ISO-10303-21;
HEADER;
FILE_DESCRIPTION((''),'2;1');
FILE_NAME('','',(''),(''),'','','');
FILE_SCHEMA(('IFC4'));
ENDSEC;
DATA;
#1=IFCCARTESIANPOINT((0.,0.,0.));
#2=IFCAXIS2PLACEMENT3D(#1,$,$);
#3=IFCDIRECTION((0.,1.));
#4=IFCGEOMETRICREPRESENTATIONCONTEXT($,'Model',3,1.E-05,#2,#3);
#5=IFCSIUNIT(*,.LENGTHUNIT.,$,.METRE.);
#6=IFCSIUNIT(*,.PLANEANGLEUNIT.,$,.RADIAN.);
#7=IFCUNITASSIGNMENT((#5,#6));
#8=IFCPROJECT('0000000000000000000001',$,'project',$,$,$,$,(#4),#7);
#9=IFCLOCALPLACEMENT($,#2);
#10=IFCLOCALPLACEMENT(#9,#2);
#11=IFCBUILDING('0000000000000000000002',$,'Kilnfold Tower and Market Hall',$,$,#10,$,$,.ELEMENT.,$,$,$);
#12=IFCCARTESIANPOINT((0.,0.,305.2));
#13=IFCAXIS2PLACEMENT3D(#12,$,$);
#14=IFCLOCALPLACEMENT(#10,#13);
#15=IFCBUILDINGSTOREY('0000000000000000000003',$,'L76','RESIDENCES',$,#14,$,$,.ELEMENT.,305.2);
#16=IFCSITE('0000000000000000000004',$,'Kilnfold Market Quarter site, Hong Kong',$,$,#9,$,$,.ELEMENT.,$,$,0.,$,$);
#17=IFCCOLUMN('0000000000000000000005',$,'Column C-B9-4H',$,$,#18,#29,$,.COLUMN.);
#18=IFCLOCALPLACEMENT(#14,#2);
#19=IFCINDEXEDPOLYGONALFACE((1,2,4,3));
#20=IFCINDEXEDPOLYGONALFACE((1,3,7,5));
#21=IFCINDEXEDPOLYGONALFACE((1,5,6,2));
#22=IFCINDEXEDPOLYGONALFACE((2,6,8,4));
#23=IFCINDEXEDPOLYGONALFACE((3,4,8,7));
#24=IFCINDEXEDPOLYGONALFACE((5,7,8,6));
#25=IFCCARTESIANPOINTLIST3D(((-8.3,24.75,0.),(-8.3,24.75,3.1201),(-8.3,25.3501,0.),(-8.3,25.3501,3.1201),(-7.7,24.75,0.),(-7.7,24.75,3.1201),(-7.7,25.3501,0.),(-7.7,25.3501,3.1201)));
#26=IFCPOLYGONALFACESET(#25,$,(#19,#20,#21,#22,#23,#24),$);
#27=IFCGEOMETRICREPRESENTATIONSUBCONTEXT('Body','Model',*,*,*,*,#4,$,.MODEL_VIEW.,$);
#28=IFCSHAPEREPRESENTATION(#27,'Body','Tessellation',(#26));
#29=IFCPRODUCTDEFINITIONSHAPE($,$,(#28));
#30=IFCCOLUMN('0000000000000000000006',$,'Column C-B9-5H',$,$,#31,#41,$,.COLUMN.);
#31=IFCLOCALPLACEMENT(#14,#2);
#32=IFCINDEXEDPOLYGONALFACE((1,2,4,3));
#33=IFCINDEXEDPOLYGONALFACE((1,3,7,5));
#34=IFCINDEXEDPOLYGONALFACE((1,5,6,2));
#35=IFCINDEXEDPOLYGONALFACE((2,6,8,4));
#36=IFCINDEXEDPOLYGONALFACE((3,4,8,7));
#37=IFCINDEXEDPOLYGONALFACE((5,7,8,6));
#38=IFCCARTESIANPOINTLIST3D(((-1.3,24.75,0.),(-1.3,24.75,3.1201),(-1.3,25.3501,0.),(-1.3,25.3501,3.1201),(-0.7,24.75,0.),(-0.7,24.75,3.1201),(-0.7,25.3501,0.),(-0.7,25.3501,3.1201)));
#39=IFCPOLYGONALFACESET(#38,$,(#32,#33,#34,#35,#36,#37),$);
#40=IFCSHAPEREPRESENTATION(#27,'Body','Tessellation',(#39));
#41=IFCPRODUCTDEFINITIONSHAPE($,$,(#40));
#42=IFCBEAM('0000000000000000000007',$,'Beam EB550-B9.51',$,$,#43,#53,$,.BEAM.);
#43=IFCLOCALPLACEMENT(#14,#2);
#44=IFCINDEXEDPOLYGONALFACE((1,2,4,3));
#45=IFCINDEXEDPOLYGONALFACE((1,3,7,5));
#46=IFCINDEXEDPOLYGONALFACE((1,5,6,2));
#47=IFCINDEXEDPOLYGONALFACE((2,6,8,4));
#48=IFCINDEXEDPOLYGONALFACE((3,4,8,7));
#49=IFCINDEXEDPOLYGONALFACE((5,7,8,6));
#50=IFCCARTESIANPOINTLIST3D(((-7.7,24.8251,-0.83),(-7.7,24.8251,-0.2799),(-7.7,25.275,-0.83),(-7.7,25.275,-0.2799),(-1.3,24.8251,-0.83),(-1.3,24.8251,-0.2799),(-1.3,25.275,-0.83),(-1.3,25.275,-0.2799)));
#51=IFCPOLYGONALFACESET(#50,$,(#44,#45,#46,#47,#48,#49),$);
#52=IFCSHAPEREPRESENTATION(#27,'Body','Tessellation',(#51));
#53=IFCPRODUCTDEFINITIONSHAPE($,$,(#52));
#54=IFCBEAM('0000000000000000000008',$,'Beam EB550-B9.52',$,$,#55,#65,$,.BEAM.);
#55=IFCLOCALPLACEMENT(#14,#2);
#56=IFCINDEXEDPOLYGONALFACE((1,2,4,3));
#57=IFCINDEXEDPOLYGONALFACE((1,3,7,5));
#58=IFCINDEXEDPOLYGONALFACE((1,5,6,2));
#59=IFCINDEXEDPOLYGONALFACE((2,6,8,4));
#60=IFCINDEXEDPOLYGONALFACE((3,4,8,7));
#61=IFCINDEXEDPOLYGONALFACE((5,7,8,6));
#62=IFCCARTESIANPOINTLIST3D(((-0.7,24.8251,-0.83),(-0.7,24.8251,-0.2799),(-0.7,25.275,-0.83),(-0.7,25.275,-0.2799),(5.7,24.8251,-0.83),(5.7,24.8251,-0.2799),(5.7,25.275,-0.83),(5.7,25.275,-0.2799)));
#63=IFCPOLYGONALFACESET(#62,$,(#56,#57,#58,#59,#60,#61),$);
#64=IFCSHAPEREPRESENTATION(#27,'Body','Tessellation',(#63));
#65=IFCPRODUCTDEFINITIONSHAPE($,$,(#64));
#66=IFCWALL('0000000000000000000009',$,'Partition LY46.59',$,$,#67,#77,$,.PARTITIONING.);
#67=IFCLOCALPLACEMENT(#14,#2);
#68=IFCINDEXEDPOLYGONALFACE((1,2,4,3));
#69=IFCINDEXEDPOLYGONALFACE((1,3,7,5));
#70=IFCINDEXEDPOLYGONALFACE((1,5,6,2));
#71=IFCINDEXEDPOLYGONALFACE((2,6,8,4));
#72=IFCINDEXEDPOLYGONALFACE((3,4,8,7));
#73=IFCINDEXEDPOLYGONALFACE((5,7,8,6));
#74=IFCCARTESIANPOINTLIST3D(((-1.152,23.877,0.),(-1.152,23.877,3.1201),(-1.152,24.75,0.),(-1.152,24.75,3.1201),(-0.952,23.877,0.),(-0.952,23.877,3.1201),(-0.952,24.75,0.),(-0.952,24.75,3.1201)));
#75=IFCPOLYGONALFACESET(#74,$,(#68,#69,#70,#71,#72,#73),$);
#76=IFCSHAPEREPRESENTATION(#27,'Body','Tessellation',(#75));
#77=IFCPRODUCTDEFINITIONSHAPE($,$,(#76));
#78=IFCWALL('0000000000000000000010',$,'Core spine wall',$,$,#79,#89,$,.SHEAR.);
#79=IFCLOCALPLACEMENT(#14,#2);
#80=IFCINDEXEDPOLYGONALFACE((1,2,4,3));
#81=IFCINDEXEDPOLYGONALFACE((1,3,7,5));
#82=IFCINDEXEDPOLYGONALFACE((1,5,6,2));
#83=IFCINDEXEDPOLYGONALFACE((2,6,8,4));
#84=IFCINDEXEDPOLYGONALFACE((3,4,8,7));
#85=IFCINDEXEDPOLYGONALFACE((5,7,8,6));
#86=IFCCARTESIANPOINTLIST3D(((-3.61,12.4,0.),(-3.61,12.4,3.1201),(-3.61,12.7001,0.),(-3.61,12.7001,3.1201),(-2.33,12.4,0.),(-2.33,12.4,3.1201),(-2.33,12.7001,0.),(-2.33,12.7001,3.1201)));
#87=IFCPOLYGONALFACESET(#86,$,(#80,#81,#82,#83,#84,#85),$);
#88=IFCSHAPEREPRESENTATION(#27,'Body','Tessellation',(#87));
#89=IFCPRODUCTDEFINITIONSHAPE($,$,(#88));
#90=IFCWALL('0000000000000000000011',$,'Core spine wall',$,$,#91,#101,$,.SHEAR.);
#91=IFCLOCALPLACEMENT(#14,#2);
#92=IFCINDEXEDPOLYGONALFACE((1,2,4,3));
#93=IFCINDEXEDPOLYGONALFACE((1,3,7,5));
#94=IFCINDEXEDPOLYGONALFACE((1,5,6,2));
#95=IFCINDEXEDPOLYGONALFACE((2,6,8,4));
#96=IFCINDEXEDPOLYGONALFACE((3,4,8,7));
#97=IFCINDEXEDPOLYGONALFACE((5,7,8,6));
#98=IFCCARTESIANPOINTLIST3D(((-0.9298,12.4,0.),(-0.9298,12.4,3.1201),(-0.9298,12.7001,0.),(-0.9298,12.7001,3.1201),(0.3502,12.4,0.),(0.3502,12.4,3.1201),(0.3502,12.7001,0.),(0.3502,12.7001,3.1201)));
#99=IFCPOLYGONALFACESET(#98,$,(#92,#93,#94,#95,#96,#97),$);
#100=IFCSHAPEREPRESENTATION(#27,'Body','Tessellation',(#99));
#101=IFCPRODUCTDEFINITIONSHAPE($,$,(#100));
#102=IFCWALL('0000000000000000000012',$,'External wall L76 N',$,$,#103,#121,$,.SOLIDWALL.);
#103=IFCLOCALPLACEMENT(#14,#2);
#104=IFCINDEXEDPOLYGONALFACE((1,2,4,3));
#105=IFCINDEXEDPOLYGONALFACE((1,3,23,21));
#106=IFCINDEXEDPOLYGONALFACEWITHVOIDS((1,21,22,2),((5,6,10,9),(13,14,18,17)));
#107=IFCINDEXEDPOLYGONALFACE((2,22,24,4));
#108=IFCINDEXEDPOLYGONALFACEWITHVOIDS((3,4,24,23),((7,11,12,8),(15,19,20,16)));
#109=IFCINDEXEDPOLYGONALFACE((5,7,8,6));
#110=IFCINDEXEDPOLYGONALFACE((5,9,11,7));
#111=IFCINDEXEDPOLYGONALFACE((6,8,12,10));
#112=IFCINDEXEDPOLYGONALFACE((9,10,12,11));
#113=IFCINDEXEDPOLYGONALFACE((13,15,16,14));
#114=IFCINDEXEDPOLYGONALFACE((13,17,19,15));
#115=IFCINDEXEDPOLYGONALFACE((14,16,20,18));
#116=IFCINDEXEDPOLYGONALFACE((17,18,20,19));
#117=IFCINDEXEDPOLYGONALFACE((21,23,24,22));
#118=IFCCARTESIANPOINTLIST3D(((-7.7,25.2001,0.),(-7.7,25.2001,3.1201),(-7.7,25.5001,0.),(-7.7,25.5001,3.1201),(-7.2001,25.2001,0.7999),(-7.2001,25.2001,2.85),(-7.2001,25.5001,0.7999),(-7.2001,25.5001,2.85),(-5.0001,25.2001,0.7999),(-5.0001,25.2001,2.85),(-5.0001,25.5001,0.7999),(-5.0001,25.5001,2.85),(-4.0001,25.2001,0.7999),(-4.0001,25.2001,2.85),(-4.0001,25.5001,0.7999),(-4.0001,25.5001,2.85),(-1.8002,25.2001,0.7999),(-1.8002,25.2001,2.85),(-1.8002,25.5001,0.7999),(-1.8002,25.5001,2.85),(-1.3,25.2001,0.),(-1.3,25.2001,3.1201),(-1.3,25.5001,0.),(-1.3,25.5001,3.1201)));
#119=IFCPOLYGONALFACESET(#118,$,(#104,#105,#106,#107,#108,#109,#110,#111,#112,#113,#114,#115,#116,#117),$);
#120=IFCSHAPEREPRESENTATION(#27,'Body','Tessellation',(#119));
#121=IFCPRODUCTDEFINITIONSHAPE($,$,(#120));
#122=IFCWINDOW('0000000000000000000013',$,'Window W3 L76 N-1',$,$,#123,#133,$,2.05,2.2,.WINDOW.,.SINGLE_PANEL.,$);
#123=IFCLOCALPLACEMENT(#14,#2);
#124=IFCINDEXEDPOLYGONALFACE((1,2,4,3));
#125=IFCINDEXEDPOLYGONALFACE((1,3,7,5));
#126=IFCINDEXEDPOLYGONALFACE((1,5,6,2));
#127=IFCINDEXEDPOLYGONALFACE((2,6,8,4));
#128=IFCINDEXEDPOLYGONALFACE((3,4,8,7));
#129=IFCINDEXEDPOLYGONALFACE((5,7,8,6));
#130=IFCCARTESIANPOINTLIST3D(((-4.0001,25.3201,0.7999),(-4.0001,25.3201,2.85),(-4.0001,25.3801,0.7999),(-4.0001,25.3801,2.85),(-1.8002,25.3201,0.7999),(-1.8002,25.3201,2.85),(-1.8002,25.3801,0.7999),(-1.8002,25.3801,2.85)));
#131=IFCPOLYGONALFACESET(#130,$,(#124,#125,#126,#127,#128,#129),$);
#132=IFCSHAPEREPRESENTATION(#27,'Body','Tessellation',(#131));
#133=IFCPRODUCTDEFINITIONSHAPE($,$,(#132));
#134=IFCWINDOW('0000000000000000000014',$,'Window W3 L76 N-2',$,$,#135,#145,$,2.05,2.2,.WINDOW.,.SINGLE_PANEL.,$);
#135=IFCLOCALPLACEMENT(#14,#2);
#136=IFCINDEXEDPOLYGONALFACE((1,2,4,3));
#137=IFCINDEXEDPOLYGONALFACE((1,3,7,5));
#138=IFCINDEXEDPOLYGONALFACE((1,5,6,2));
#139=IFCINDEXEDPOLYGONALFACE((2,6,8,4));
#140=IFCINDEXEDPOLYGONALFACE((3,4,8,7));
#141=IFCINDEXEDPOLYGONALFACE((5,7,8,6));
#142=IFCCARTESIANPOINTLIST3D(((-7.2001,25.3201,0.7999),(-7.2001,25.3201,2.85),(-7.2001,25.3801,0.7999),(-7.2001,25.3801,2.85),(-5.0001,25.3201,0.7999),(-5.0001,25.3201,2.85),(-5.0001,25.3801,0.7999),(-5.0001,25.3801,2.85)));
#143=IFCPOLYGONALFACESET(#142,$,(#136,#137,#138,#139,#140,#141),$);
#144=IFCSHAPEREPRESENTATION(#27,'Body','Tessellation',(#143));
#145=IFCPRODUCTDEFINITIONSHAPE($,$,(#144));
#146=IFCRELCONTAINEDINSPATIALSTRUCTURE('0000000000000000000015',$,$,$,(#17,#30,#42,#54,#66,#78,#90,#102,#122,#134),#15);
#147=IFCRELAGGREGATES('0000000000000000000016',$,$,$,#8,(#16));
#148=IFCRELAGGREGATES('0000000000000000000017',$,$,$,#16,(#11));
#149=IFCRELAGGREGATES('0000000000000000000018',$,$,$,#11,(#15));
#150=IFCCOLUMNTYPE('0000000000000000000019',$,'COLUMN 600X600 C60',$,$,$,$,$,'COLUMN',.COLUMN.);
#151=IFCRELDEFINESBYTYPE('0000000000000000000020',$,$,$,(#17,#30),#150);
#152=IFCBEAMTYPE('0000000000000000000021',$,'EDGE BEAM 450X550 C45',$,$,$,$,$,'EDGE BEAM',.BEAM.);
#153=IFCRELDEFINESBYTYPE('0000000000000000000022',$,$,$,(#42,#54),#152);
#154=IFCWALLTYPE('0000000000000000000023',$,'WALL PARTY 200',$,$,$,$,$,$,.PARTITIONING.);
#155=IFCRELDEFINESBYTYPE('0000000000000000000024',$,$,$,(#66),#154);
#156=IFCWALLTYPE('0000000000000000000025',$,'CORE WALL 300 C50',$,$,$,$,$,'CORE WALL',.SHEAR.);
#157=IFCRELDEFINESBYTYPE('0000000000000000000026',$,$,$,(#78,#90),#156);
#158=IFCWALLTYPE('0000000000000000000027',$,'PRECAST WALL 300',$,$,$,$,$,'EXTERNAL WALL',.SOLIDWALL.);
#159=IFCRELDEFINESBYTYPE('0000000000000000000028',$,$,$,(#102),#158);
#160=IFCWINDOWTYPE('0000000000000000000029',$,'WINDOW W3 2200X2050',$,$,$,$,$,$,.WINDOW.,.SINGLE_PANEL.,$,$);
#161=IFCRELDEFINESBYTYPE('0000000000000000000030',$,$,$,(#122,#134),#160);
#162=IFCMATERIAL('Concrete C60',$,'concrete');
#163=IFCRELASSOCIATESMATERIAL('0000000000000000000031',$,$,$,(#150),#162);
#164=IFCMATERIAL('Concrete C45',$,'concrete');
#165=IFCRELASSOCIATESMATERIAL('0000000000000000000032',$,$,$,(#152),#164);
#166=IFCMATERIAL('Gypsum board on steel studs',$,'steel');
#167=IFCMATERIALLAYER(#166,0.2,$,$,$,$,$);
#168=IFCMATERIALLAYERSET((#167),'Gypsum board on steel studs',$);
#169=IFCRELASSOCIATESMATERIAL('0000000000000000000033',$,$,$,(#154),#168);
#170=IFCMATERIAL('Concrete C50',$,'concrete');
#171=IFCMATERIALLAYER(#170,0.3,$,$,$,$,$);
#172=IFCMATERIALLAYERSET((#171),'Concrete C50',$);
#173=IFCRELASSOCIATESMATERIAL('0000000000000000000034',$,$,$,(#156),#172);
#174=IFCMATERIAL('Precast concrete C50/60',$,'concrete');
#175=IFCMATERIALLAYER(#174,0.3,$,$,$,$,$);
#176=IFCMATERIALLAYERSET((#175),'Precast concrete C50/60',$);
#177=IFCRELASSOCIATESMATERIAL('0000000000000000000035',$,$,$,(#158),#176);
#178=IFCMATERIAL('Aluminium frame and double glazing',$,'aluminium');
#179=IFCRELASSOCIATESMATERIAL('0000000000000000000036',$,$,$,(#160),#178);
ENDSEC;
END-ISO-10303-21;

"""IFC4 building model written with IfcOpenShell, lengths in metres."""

from ifc_helpers import new_model, si_unit, direction, frame, frame_2d, origin, origin_2d, place, context, subcontext, project, spatial, rectangle, extrude, source, transform, mapped, material, layer, layer_set, material_profile, profile_set, type_object, element, fill, save


model = new_model("IFC4")

# Units and contexts
model_context = context("Model", 3, precision=1e-05, world=origin(), true_north=direction((0.0, 1.0)))
body_context = subcontext(model_context, "Body", "Model", "MODEL_VIEW")
ifc_project = project(units=[si_unit("LENGTHUNIT", "METRE"), si_unit("PLANEANGLEUNIT", "RADIAN")], contexts=[model_context])

# Site, building, storey
site_placement = place(None, origin())
site = spatial("IfcSite", under=ifc_project, at=site_placement, Name="Kilnfold Market Quarter site, Hong Kong", CompositionType="ELEMENT", RefElevation=0.0)
building_placement = place(site_placement, origin())
building = spatial("IfcBuilding", under=site, at=building_placement, Name="Kilnfold Tower and Market Hall", CompositionType="ELEMENT")
storey_placement = place(building_placement, frame((0.0, 0.0, 305.2)))
storey = spatial("IfcBuildingStorey", under=building, at=storey_placement, Name="L76", Description="RESIDENCES", CompositionType="ELEMENT", Elevation=305.2)

# Columns
ifc_material_1 = material(Name="Concrete C60", Category="concrete")
ifc_material_profile_1 = material_profile(ifc_material_1, rectangle(XDim=0.6001, YDim=0.6001, at=origin_2d()), Name="RC 600x600")
ifc_profile_set_1 = profile_set([ifc_material_profile_1], Name="Concrete C60")
column_type = type_object("IfcColumnType", Name="COLUMN 600X600 C60", ElementType="COLUMN", PredefinedType="COLUMN", material=ifc_profile_set_1)
shared_shape_1 = source(origin(), body_context, "Body", "SweptSolid", [
    extrude(rectangle(XDim=0.6001, YDim=0.6001, at=origin_2d()), origin(), (0.0, 0.0, 1.0), 3.1201),
])
for number, where, z_axis, x_axis, name in (
    (1, (-8.0, 25.05, 0.0), (0.0, 0.0, 1.0), (1.0, 0.0, 0.0), "Column C-B9-4H"),
    (2, (-1.0, 25.05, 0.0), (0.0, 0.0, 1.0), (1.0, 0.0, 0.0), "Column C-B9-5H"),
):
    element("IfcColumn", number, at=place(storey_placement, frame(where, z_axis=z_axis, x_axis=x_axis)), inside=storey, type_object=column_type, Name=name, PredefinedType="COLUMN", context=body_context, shape_type="MappedRepresentation", body=[
        mapped(shared_shape_1, transform((0.0, 0.0, 0.0))),
    ])

# Beams
ifc_material_2 = material(Name="Concrete C45", Category="concrete")
ifc_material_profile_2 = material_profile(ifc_material_2, rectangle(XDim=0.45, YDim=0.55, at=origin_2d()), Name="RC 450x550")
ifc_profile_set_2 = profile_set([ifc_material_profile_2], Name="Concrete C45")
beam_type = type_object("IfcBeamType", Name="EDGE BEAM 450X550 C45", ElementType="EDGE BEAM", PredefinedType="BEAM", material=ifc_profile_set_2)
shared_shape_2 = source(origin(), body_context, "Body", "SweptSolid", [
    extrude(rectangle(XDim=0.45, YDim=0.55, at=origin_2d()), origin(), (0.0, 0.0, 1.0), 6.3999),
])
for number, where, z_axis, x_axis, name in (
    (3, (-7.7, 25.05, -0.5549), (1.0, 0.0, 0.0), (0.0, 1.0, 0.0), "Beam EB550-B9.51"),
    (4, (-0.7, 25.05, -0.5549), (1.0, 0.0, 0.0), (0.0, 1.0, 0.0), "Beam EB550-B9.52"),
):
    element("IfcBeam", number, at=place(storey_placement, frame(where, z_axis=z_axis, x_axis=x_axis)), inside=storey, type_object=beam_type, Name=name, PredefinedType="BEAM", context=body_context, shape_type="MappedRepresentation", body=[
        mapped(shared_shape_2, transform((0.0, 0.0, 0.0))),
    ])

# Walls
ifc_material_3 = material(Name="Gypsum board on steel studs", Category="steel")
ifc_layer_1 = layer(ifc_material_3, 0.2)
ifc_layer_set_1 = layer_set([ifc_layer_1], Name="Gypsum board on steel studs")
wall_type_1 = type_object("IfcWallType", Name="WALL PARTY 200", PredefinedType="PARTITIONING", material=ifc_layer_set_1)
wall_1_placement = place(storey_placement, frame((-1.052, 23.877, 0.0), z_axis=(0.0, 0.0, 1.0), x_axis=(0.0, 1.0, 0.0)))
element("IfcWall", 5, at=wall_1_placement, inside=storey, type_object=wall_type_1, Name="Partition LY46.59", PredefinedType="PARTITIONING", context=body_context, shape_type="SweptSolid", body=[
    extrude(rectangle(XDim=0.873, YDim=0.2, at=frame_2d((0.4365, 0.0))), origin(), (0.0, 0.0, 1.0), 3.1201),
])
ifc_material_4 = material(Name="Concrete C50", Category="concrete")
ifc_layer_2 = layer(ifc_material_4, 0.3)
ifc_layer_set_2 = layer_set([ifc_layer_2], Name="Concrete C50")
wall_type_2 = type_object("IfcWallType", Name="CORE WALL 300 C50", ElementType="CORE WALL", PredefinedType="SHEAR", material=ifc_layer_set_2)
shared_shape_3 = source(origin(), body_context, "Body", "SweptSolid", [
    extrude(rectangle(XDim=1.28, YDim=0.3, at=frame_2d((0.6401, 0.0))), origin(), (0.0, 0.0, 1.0), 3.1201),
])
for number, where, z_axis, x_axis, name in (
    (6, (-3.6101, 12.55, 0.0), (0.0, 0.0, 1.0), (1.0, 0.0, 0.0), "Core spine wall"),
    (7, (-0.9299, 12.55, 0.0), (0.0, 0.0, 1.0), (1.0, 0.0, 0.0), "Core spine wall"),
):
    element("IfcWall", number, at=place(storey_placement, frame(where, z_axis=z_axis, x_axis=x_axis)), inside=storey, type_object=wall_type_2, Name=name, PredefinedType="SHEAR", context=body_context, shape_type="MappedRepresentation", body=[
        mapped(shared_shape_3, transform((0.0, 0.0, 0.0))),
    ])

# Wall, openings, windows
ifc_material_5 = material(Name="Precast concrete C50/60", Category="concrete")
ifc_layer_3 = layer(ifc_material_5, 0.3)
ifc_layer_set_3 = layer_set([ifc_layer_3], Name="Precast concrete C50/60")
wall_type_3 = type_object("IfcWallType", Name="PRECAST WALL 300", ElementType="EXTERNAL WALL", PredefinedType="SOLIDWALL", material=ifc_layer_set_3)
shared_shape_4 = source(origin(), body_context, "Body", "SweptSolid", [
    extrude(rectangle(XDim=6.3999, YDim=0.3, at=frame_2d((3.2, 0.0))), origin(), (0.0, 0.0, 1.0), 3.1201),
])
wall_2_placement = place(storey_placement, frame((-1.3, 25.3501, 0.0), z_axis=(0.0, 0.0, 1.0), x_axis=(-1.0, 0.0, 0.0)))
wall_2 = element("IfcWall", 8, at=wall_2_placement, inside=storey, type_object=wall_type_3, Name="External wall L76 N", PredefinedType="SOLIDWALL", context=body_context, shape_type="MappedRepresentation", body=[
    mapped(shared_shape_4, transform((0.0, 0.0, 0.0))),
])
opening_1_placement = place(wall_2_placement, frame((0.5, 0.0, 0.8)))
opening_1 = element("IfcOpeningElement", 9, at=opening_1_placement, cuts=wall_2, PredefinedType="OPENING", context=body_context, shape_type="SweptSolid", body=[
    extrude(rectangle(XDim=2.2, YDim=2.05, at=frame_2d((1.1001, 1.0249))), frame((0.0, 0.1602, 0.0), z_axis=(0.0, -1.0, 0.0), x_axis=(1.0, 0.0, 0.0)), (0.0, 0.0, 1.0), 0.3201),
])
opening_2_placement = place(wall_2_placement, frame((3.7, 0.0, 0.8)))
opening_2 = element("IfcOpeningElement", 10, at=opening_2_placement, cuts=wall_2, PredefinedType="OPENING", context=body_context, shape_type="SweptSolid", body=[
    extrude(rectangle(XDim=2.2, YDim=2.05, at=frame_2d((1.1001, 1.0249))), frame((0.0, 0.1602, 0.0), z_axis=(0.0, -1.0, 0.0), x_axis=(1.0, 0.0, 0.0)), (0.0, 0.0, 1.0), 0.3201),
])
ifc_material_6 = material(Name="Aluminium frame and double glazing", Category="aluminium")
window_type = type_object("IfcWindowType", Name="WINDOW W3 2200X2050", PartitioningType="SINGLE_PANEL", PredefinedType="WINDOW", material=ifc_material_6)
window_1_placement = place(opening_1_placement, origin())
window_1 = element("IfcWindow", 11, at=window_1_placement, inside=storey, type_object=window_type, Name="Window W3 L76 N-1", OverallHeight=2.05, OverallWidth=2.2, PartitioningType="SINGLE_PANEL", PredefinedType="WINDOW", context=body_context, shape_type="SweptSolid", body=[
    extrude(rectangle(XDim=2.2, YDim=2.05, at=frame_2d((1.1001, 1.0249))), frame((0.0, 0.03, 0.0), z_axis=(0.0, -1.0, 0.0), x_axis=(1.0, 0.0, 0.0)), (0.0, 0.0, 1.0), 0.0601),
])
fill(opening_1, window_1)
window_2_placement = place(opening_2_placement, origin())
window_2 = element("IfcWindow", 12, at=window_2_placement, inside=storey, type_object=window_type, Name="Window W3 L76 N-2", OverallHeight=2.05, OverallWidth=2.2, PartitioningType="SINGLE_PANEL", PredefinedType="WINDOW", context=body_context, shape_type="SweptSolid", body=[
    extrude(rectangle(XDim=2.2, YDim=2.05, at=frame_2d((1.1001, 1.0249))), frame((0.0, 0.03, 0.0), z_axis=(0.0, -1.0, 0.0), x_axis=(1.0, 0.0, 0.0)), (0.0, 0.0, 1.0), 0.0601),
])
fill(opening_2, window_2)

save(model, "model.ifc")
